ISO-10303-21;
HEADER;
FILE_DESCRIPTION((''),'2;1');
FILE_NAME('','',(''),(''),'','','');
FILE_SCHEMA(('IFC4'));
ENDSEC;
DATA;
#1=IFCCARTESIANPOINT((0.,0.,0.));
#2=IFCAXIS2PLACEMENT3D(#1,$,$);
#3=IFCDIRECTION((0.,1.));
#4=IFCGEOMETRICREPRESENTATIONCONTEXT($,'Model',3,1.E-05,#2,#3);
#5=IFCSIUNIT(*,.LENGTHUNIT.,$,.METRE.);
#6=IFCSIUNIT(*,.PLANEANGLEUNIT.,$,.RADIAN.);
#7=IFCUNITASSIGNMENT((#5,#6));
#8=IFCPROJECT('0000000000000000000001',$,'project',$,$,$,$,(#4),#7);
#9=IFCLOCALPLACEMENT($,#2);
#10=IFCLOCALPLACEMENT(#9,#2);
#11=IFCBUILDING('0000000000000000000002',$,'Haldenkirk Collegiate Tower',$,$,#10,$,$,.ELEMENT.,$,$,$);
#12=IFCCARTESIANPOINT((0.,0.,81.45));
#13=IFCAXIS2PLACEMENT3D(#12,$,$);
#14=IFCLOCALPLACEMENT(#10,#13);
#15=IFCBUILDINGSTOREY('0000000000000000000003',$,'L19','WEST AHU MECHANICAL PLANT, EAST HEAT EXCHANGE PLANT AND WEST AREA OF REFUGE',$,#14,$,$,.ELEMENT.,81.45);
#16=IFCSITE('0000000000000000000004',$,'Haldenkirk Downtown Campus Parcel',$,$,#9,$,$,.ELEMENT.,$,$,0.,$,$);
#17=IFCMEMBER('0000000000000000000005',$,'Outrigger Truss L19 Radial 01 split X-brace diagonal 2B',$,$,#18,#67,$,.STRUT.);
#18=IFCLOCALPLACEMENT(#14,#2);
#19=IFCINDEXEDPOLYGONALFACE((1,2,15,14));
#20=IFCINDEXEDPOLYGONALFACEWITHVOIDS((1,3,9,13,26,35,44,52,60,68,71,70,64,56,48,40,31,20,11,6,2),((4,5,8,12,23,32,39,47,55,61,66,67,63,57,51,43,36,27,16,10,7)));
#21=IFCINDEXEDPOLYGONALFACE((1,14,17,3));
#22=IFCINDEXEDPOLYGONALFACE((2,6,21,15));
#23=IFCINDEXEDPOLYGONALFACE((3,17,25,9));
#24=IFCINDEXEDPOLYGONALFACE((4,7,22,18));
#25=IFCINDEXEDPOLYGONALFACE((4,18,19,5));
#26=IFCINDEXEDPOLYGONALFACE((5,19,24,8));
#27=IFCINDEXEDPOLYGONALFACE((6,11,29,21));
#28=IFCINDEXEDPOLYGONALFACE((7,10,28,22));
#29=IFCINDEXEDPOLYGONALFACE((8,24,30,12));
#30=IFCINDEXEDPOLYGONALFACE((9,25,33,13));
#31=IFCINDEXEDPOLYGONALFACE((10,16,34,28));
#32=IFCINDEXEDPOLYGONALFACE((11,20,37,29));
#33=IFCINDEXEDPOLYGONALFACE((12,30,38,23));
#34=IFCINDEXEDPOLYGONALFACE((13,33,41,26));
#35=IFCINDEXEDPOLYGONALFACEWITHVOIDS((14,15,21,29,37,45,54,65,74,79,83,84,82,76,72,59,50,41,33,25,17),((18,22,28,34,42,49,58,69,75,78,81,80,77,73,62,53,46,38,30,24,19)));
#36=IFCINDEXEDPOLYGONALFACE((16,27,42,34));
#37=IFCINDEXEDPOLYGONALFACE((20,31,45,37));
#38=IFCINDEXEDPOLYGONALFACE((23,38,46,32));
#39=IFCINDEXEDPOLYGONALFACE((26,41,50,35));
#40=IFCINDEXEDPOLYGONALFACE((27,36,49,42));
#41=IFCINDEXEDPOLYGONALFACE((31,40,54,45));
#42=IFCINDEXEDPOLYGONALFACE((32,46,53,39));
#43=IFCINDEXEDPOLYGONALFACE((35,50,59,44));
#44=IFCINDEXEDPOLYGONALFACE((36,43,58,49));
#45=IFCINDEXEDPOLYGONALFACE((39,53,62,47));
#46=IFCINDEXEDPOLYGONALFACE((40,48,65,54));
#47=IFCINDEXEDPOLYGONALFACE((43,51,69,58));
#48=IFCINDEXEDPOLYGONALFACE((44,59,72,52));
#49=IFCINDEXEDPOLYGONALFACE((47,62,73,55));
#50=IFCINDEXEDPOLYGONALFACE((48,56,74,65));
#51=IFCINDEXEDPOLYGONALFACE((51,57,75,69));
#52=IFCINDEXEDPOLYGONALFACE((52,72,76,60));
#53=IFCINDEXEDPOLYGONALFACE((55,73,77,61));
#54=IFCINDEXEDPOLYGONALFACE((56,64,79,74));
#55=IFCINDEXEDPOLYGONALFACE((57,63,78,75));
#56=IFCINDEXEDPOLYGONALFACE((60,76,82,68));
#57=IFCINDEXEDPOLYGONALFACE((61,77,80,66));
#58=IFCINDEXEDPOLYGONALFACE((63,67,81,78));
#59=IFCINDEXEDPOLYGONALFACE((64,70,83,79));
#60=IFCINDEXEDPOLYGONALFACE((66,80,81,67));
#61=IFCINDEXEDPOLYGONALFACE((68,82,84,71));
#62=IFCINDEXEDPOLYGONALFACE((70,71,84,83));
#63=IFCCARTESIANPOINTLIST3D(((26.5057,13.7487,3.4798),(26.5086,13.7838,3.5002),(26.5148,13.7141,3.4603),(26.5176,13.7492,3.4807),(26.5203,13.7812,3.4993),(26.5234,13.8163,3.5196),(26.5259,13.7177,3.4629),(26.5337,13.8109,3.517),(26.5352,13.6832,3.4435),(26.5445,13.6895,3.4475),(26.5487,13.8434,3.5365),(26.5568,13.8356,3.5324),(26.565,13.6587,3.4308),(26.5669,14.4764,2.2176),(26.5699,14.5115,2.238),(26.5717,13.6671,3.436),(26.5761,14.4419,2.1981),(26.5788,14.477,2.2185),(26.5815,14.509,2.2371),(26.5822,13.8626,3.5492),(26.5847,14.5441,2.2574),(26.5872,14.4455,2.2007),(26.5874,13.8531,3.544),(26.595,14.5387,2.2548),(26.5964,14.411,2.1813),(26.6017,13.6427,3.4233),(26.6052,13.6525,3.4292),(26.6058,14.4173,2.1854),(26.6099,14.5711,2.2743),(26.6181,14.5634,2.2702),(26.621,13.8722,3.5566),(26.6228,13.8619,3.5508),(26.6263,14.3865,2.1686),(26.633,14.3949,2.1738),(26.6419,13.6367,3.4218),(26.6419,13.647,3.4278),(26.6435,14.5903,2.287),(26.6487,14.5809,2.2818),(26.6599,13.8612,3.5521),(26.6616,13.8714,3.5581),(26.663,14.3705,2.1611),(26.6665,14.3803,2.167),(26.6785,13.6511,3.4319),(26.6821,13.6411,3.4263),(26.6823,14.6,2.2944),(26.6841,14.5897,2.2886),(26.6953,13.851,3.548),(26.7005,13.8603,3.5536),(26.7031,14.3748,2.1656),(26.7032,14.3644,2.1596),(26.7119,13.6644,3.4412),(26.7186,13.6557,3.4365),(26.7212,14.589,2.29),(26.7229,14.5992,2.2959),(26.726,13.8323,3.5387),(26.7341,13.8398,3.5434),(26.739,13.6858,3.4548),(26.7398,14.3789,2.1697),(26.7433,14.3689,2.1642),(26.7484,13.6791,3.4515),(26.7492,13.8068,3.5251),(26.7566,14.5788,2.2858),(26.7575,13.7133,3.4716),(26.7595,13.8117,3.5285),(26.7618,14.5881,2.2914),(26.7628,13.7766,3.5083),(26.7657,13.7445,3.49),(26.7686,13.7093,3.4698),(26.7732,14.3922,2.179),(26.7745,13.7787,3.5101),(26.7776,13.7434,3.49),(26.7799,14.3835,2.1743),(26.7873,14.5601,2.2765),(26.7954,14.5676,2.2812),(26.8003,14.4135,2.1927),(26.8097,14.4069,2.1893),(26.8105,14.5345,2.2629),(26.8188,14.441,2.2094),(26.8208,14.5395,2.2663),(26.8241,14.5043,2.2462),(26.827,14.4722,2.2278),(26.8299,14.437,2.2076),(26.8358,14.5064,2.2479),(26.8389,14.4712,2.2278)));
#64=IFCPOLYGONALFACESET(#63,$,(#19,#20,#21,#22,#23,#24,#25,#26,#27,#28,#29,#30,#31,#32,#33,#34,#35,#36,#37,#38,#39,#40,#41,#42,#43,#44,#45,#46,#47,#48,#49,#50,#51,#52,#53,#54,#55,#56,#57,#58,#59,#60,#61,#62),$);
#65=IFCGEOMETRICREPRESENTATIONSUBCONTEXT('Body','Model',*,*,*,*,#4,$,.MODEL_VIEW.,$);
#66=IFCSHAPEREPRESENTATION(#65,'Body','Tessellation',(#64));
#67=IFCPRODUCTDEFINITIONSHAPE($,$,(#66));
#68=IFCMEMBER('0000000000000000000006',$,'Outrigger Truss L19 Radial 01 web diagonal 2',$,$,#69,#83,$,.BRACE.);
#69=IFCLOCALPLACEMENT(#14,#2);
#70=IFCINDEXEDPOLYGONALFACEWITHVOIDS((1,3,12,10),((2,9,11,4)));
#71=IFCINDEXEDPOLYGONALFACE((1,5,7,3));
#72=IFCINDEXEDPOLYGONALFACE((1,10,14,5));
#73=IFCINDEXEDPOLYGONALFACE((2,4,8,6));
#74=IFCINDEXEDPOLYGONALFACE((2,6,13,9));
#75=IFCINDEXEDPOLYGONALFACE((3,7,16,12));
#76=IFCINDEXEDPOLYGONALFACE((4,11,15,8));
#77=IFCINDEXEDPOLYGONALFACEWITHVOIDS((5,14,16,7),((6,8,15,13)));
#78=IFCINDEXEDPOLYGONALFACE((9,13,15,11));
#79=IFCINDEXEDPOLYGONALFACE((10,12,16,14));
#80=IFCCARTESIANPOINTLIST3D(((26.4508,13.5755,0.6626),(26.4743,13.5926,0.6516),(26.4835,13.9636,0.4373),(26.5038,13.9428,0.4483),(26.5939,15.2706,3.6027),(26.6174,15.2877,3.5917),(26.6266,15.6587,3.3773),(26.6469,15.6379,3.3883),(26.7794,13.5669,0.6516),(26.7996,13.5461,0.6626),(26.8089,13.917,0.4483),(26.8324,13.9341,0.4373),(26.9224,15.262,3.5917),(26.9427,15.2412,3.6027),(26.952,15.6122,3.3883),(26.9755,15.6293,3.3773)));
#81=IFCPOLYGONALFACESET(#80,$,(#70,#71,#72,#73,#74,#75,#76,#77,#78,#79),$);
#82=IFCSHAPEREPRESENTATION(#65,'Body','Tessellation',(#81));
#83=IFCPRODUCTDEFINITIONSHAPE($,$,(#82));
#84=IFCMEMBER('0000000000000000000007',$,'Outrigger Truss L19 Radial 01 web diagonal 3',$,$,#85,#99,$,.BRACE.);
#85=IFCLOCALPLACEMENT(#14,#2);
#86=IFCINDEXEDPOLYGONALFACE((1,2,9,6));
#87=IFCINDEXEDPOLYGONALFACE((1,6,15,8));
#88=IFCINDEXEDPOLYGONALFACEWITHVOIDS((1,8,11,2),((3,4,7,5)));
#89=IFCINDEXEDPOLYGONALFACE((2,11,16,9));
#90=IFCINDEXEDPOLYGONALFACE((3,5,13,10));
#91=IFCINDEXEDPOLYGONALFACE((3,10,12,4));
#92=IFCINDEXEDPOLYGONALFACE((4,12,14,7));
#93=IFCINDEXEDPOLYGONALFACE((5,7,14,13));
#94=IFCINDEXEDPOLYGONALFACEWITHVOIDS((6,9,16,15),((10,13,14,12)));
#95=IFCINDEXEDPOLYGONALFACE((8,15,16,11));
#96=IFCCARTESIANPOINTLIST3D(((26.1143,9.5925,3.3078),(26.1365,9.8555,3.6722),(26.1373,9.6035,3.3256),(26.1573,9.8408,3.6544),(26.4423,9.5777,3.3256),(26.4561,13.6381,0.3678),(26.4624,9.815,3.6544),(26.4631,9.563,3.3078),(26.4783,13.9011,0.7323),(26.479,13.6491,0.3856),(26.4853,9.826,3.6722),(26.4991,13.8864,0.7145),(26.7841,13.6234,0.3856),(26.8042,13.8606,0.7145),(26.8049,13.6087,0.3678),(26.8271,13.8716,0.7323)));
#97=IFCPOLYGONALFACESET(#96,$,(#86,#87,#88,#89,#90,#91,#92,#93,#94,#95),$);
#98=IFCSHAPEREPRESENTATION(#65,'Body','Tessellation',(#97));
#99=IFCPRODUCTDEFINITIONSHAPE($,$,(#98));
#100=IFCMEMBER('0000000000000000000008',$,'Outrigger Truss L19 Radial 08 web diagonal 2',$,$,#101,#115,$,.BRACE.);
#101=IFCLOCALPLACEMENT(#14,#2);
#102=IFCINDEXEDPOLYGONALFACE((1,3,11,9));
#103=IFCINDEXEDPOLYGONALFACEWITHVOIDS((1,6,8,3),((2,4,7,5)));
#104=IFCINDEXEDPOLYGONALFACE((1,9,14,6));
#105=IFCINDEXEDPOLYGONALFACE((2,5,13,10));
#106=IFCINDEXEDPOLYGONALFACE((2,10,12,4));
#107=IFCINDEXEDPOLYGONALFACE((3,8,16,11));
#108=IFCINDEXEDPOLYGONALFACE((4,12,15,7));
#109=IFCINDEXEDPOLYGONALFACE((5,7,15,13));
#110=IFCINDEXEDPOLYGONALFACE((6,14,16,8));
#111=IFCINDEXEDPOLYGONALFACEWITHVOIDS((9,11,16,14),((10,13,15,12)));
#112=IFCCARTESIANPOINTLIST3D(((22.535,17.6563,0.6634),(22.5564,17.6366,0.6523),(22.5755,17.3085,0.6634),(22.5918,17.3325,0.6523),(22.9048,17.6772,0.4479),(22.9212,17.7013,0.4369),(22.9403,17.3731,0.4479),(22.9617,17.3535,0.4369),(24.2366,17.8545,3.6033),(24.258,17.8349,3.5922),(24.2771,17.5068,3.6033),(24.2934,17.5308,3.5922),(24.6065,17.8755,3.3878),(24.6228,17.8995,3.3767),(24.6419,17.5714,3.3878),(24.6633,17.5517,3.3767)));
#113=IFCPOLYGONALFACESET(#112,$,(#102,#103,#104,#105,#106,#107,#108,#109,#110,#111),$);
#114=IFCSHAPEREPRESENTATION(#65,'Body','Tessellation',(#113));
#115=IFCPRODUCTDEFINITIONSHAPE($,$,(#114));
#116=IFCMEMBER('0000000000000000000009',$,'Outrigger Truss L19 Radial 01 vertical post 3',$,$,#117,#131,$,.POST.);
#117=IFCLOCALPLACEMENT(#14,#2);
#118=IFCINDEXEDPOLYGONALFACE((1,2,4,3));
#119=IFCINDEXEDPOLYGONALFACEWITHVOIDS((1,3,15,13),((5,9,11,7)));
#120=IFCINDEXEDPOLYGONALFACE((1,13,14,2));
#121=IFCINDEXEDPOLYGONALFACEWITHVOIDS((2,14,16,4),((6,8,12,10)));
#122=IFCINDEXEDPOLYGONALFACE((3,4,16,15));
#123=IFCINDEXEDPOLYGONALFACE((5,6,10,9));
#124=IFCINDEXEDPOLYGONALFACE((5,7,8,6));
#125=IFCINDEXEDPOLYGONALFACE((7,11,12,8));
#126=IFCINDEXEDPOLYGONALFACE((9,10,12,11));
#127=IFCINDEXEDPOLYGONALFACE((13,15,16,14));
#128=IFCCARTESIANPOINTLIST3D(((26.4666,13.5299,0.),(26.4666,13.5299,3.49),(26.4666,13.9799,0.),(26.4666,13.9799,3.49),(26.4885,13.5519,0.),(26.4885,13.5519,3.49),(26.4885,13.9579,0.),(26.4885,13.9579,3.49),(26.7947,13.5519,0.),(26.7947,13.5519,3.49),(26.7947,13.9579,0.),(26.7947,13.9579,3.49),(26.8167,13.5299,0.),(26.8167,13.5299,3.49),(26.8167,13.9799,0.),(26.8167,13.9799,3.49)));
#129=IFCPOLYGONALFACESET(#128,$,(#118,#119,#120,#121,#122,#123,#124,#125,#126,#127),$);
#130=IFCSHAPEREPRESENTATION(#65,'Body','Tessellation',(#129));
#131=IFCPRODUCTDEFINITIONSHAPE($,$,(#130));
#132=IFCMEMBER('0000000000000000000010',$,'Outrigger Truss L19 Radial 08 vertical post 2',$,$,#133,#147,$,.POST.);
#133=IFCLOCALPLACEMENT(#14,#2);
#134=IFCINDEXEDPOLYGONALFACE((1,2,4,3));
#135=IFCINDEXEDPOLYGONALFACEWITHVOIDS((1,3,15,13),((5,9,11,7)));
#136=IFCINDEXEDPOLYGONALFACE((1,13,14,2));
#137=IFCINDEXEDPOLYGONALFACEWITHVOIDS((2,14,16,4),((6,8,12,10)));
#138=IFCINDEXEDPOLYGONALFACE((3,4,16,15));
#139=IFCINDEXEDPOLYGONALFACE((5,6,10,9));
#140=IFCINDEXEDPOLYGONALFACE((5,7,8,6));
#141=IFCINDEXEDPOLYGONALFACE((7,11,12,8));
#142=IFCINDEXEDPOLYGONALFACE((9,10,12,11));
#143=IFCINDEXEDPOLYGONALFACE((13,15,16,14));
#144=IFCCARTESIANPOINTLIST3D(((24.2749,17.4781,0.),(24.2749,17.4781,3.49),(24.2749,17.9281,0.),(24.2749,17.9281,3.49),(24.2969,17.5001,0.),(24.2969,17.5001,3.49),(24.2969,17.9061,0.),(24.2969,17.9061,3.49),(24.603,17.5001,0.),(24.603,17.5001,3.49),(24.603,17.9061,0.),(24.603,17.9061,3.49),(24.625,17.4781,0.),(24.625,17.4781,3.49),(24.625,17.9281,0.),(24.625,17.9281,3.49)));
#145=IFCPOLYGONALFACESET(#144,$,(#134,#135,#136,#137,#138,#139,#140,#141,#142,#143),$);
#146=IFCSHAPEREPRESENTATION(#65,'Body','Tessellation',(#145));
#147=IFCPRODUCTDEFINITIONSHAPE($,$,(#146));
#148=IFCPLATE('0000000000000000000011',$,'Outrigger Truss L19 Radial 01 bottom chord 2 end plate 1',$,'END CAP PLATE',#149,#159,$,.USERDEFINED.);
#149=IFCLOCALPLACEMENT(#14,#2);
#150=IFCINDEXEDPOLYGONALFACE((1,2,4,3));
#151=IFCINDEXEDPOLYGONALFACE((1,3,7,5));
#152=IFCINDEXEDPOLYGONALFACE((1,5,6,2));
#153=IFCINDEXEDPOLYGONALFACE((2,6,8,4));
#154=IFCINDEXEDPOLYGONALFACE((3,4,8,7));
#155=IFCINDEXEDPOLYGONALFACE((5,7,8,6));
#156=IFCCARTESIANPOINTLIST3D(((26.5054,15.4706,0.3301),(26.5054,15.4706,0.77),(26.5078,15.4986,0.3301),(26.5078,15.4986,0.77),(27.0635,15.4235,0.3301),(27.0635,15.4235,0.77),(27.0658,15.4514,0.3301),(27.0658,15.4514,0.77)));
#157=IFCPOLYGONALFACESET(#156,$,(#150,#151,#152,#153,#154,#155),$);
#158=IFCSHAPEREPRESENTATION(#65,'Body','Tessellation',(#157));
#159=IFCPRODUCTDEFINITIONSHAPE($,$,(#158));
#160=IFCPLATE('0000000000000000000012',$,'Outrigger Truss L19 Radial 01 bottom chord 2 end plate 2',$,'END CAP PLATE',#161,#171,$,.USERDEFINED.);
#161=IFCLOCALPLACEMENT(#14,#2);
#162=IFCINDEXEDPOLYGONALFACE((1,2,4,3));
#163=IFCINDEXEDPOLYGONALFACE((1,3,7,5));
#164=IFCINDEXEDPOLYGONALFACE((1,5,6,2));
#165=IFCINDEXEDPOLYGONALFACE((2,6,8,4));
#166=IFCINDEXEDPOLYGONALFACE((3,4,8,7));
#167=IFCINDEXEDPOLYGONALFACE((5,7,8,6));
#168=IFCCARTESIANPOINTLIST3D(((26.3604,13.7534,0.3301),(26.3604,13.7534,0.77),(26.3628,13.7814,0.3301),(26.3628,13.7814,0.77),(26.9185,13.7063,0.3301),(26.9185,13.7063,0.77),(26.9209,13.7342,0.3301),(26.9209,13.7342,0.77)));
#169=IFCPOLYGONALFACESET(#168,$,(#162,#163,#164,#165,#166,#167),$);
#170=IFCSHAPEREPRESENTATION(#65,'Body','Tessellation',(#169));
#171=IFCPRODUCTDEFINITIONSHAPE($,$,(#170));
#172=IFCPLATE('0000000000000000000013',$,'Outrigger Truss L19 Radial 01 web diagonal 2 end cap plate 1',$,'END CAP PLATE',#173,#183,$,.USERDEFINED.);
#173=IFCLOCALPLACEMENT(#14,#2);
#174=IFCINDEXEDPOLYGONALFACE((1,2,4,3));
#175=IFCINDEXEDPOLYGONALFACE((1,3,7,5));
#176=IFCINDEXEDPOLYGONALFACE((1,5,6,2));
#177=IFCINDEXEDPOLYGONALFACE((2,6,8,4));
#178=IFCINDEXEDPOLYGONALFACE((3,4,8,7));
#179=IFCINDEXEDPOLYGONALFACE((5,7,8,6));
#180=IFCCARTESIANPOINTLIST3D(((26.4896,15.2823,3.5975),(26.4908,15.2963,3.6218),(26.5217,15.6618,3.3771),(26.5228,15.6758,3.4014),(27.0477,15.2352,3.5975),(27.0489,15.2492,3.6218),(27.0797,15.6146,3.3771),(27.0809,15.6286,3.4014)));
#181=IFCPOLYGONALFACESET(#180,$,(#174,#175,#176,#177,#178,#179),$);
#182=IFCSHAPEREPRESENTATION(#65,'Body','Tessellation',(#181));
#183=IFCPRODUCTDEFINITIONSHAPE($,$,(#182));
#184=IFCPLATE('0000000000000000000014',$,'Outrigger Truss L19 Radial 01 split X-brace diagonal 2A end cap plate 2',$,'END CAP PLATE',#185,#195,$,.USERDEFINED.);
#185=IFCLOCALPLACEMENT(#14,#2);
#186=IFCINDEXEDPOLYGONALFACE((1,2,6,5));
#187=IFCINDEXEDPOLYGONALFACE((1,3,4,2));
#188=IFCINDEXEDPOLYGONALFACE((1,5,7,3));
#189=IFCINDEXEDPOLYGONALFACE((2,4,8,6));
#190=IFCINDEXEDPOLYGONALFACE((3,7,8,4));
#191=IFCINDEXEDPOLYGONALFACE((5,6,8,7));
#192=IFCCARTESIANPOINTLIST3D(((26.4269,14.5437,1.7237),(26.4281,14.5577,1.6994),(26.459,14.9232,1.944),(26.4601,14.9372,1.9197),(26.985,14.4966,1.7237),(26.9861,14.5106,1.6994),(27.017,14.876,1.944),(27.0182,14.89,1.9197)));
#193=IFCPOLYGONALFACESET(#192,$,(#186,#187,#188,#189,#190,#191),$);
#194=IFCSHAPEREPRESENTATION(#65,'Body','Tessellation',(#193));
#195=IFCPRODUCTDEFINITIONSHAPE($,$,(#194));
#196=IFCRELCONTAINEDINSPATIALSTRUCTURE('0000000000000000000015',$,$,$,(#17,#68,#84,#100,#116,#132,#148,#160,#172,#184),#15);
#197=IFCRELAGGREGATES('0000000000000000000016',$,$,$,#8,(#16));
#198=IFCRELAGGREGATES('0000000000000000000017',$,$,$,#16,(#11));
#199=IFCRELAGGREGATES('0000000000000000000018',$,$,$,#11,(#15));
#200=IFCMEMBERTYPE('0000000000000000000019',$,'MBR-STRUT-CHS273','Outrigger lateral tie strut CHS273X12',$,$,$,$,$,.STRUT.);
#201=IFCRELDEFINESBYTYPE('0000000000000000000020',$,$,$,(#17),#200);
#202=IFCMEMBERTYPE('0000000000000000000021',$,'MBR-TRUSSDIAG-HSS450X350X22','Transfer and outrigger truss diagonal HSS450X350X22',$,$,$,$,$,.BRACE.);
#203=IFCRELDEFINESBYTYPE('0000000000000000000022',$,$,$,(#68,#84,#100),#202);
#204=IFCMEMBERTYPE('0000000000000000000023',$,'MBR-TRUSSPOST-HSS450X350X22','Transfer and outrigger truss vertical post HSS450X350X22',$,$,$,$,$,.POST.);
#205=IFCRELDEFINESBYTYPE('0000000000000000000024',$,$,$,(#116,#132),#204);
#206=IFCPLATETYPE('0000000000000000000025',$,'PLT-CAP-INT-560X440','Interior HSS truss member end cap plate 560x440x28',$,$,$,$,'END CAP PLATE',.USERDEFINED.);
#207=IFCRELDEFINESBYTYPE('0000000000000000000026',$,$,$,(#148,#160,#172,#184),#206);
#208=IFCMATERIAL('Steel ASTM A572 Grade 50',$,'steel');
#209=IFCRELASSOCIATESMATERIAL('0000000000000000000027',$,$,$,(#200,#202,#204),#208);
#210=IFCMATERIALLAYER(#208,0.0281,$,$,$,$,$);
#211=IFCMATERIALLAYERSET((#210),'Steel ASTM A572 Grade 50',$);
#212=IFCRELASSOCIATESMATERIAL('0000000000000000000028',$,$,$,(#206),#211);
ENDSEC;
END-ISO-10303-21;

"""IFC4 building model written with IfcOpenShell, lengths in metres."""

from ifc_helpers import new_model, si_unit, direction, frame, origin, origin_2d, place, context, subcontext, project, spatial, rectangle, hollow_rectangle, hollow_circle, extrude, source, transform, mapped, material, layer, layer_set, material_profile, profile_set, type_object, element, save


model = new_model("IFC4")

# Units and contexts
model_context = context("Model", 3, precision=1e-05, world=origin(), true_north=direction((0.0, 1.0)))
body_context = subcontext(model_context, "Body", "Model", "MODEL_VIEW")
ifc_project = project(units=[si_unit("LENGTHUNIT", "METRE"), si_unit("PLANEANGLEUNIT", "RADIAN")], contexts=[model_context])

# Site, building, storey
site_placement = place(None, origin())
site = spatial("IfcSite", under=ifc_project, at=site_placement, Name="Haldenkirk Downtown Campus Parcel", CompositionType="ELEMENT", RefElevation=0.0)
building_placement = place(site_placement, origin())
building = spatial("IfcBuilding", under=site, at=building_placement, Name="Haldenkirk Collegiate Tower", CompositionType="ELEMENT")
storey_placement = place(building_placement, frame((0.0, 0.0, 81.45)))
storey = spatial("IfcBuildingStorey", under=building, at=storey_placement, Name="L19", Description="WEST AHU MECHANICAL PLANT, EAST HEAT EXCHANGE PLANT AND WEST AREA OF REFUGE", CompositionType="ELEMENT", Elevation=81.45)

# Members
ifc_material_1 = material(Name="Steel ASTM A572 Grade 50", Category="steel")
ifc_material_profile_1 = material_profile(ifc_material_1, hollow_circle(Radius=0.1365, WallThickness=0.012, at=origin_2d()), Name="CHS273X12")
ifc_profile_set_1 = profile_set([ifc_material_profile_1], Name="Steel ASTM A572 Grade 50")
member_type_1 = type_object("IfcMemberType", Name="MBR-STRUT-CHS273", Description="Outrigger lateral tie strut CHS273X12", PredefinedType="STRUT", material=ifc_profile_set_1)
for number, where, z_axis, x_axis, name in (
    (1, (26.7029, 14.4827, 2.2278), (-0.042022, -0.499068, 0.865543), (0.996474, -0.083903, 0.0), "Outrigger Truss L19 Radial 01 split X-brace diagonal 2B"),
):
    element("IfcMember", number, at=place(storey_placement, frame(where, z_axis=z_axis, x_axis=x_axis)), inside=storey, type_object=member_type_1, Name=name, PredefinedType="STRUT", context=body_context, shape_type="SweptSolid", body=[
        extrude(hollow_circle(Radius=0.1365, WallThickness=0.012, at=origin_2d()), origin(), (0.0, 0.0, 1.0), 1.4583),
    ])
ifc_material_profile_2 = material_profile(ifc_material_1, hollow_rectangle(XDim=0.3501, YDim=0.45, WallThickness=0.022, at=origin_2d()), Name="HSS450X350X22")
ifc_profile_set_2 = profile_set([ifc_material_profile_2], Name="Steel ASTM A572 Grade 50")
member_type_2 = type_object("IfcMemberType", Name="MBR-TRUSSDIAG-HSS450X350X22", Description="Transfer and outrigger truss diagonal HSS450X350X22", PredefinedType="BRACE", material=ifc_profile_set_2)
member_1_placement = place(storey_placement, frame((26.7847, 15.45, 3.49), z_axis=(-0.04212, -0.499047, -0.865551), x_axis=(0.996457, -0.084103, 0.0)))
element("IfcMember", 2, at=member_1_placement, inside=storey, type_object=member_type_2, Name="Outrigger Truss L19 Radial 01 web diagonal 2", PredefinedType="BRACE", context=body_context, shape_type="SweptSolid", body=[
    extrude(hollow_rectangle(XDim=0.3501, YDim=0.45, WallThickness=0.022, at=origin_2d()), origin(), (0.0, 0.0, 1.0), 3.3967),
])
member_2_placement = place(storey_placement, frame((26.6416, 13.7549, 0.55), z_axis=(-0.068186, -0.807077, 0.586496), x_axis=(0.99645, -0.084185, 0.0)))
element("IfcMember", 3, at=member_2_placement, inside=storey, type_object=member_type_2, Name="Outrigger Truss L19 Radial 01 web diagonal 3", PredefinedType="BRACE", context=body_context, shape_type="SweptSolid", body=[
    extrude(hollow_rectangle(XDim=0.3501, YDim=0.45, WallThickness=0.022, at=origin_2d()), origin(), (0.0, 0.0, 1.0), 5.0127),
])
member_3_placement = place(storey_placement, frame((24.45, 17.7031, 3.49), z_axis=(-0.500095, -0.058261, -0.864009), x_axis=(0.115717, -0.993282, 0.0)))
element("IfcMember", 4, at=member_3_placement, inside=storey, type_object=member_type_2, Name="Outrigger Truss L19 Radial 08 web diagonal 2", PredefinedType="BRACE", context=body_context, shape_type="SweptSolid", body=[
    extrude(hollow_rectangle(XDim=0.3501, YDim=0.45, WallThickness=0.022, at=origin_2d()), origin(), (0.0, 0.0, 1.0), 3.4026),
])
ifc_material_profile_3 = material_profile(ifc_material_1, hollow_rectangle(XDim=0.3501, YDim=0.45, WallThickness=0.022, at=origin_2d()), Name="HSS450X350X22")
ifc_profile_set_3 = profile_set([ifc_material_profile_3], Name="Steel ASTM A572 Grade 50")
member_type_3 = type_object("IfcMemberType", Name="MBR-TRUSSPOST-HSS450X350X22", Description="Transfer and outrigger truss vertical post HSS450X350X22", PredefinedType="POST", material=ifc_profile_set_3)
for number, where, z_axis, x_axis, name in (
    (5, (26.6416, 13.7549, 0.0), (0.0, 0.0, 1.0), (1.0, 0.0, 0.0), "Outrigger Truss L19 Radial 01 vertical post 3"),
    (6, (24.45, 17.7031, 0.0), (0.0, 0.0, 1.0), (1.0, 0.0, 0.0), "Outrigger Truss L19 Radial 08 vertical post 2"),
):
    element("IfcMember", number, at=place(storey_placement, frame(where, z_axis=z_axis, x_axis=x_axis)), inside=storey, type_object=member_type_3, Name=name, PredefinedType="POST", context=body_context, shape_type="SweptSolid", body=[
        extrude(hollow_rectangle(XDim=0.3501, YDim=0.45, WallThickness=0.022, at=origin_2d()), origin(), (0.0, 0.0, 1.0), 3.49),
    ])

# Plates
ifc_layer_1 = layer(ifc_material_1, 0.0281)
ifc_layer_set_1 = layer_set([ifc_layer_1], Name="Steel ASTM A572 Grade 50")
plate_type_1 = type_object("IfcPlateType", Name="PLT-CAP-INT-560X440", Description="Interior HSS truss member end cap plate 560x440x28", ElementType="END CAP PLATE", PredefinedType="USERDEFINED", material=ifc_layer_set_1)
shared_shape_1 = source(origin(), body_context, "Body", "SweptSolid", [
    extrude(rectangle(XDim=0.5601, YDim=0.4399, at=origin_2d()), origin(), (0.0, 0.0, 1.0), 0.0281),
])
for number, where, z_axis, x_axis, name in (
    (7, (26.7844, 15.447, 0.55), (0.084148, 0.996453, 0.0), (-0.996453, 0.084148, 0.0), "Outrigger Truss L19 Radial 01 bottom chord 2 end plate 1"),
    (8, (26.6418, 13.7578, 0.55), (-0.084148, -0.996453, 0.0), (0.996453, -0.084148, 0.0), "Outrigger Truss L19 Radial 01 bottom chord 2 end plate 2"),
    (9, (26.7847, 15.4485, 3.4873), (0.042159, 0.499023, 0.865562), (-0.99645, 0.084184, 0.0), "Outrigger Truss L19 Radial 01 web diagonal 2 end cap plate 1"),
    (10, (26.7231, 14.7239, 1.8096), (-0.042171, -0.498995, 0.865578), (0.996448, -0.084213, -0.000001), "Outrigger Truss L19 Radial 01 split X-brace diagonal 2A end cap plate 2"),
):
    element("IfcPlate", number, at=place(storey_placement, frame(where, z_axis=z_axis, x_axis=x_axis)), inside=storey, type_object=plate_type_1, Name=name, ObjectType="END CAP PLATE", PredefinedType="USERDEFINED", context=body_context, shape_type="MappedRepresentation", body=[
        mapped(shared_shape_1, transform((0.0, 0.0, 0.0), x_axis=(1.0, 0.0, 0.0), y_axis=(0.0, 1.0, 0.0), z_axis=(0.0, 0.0, 1.0), scale=1.0)),
    ])

save(model, "model.ifc")
